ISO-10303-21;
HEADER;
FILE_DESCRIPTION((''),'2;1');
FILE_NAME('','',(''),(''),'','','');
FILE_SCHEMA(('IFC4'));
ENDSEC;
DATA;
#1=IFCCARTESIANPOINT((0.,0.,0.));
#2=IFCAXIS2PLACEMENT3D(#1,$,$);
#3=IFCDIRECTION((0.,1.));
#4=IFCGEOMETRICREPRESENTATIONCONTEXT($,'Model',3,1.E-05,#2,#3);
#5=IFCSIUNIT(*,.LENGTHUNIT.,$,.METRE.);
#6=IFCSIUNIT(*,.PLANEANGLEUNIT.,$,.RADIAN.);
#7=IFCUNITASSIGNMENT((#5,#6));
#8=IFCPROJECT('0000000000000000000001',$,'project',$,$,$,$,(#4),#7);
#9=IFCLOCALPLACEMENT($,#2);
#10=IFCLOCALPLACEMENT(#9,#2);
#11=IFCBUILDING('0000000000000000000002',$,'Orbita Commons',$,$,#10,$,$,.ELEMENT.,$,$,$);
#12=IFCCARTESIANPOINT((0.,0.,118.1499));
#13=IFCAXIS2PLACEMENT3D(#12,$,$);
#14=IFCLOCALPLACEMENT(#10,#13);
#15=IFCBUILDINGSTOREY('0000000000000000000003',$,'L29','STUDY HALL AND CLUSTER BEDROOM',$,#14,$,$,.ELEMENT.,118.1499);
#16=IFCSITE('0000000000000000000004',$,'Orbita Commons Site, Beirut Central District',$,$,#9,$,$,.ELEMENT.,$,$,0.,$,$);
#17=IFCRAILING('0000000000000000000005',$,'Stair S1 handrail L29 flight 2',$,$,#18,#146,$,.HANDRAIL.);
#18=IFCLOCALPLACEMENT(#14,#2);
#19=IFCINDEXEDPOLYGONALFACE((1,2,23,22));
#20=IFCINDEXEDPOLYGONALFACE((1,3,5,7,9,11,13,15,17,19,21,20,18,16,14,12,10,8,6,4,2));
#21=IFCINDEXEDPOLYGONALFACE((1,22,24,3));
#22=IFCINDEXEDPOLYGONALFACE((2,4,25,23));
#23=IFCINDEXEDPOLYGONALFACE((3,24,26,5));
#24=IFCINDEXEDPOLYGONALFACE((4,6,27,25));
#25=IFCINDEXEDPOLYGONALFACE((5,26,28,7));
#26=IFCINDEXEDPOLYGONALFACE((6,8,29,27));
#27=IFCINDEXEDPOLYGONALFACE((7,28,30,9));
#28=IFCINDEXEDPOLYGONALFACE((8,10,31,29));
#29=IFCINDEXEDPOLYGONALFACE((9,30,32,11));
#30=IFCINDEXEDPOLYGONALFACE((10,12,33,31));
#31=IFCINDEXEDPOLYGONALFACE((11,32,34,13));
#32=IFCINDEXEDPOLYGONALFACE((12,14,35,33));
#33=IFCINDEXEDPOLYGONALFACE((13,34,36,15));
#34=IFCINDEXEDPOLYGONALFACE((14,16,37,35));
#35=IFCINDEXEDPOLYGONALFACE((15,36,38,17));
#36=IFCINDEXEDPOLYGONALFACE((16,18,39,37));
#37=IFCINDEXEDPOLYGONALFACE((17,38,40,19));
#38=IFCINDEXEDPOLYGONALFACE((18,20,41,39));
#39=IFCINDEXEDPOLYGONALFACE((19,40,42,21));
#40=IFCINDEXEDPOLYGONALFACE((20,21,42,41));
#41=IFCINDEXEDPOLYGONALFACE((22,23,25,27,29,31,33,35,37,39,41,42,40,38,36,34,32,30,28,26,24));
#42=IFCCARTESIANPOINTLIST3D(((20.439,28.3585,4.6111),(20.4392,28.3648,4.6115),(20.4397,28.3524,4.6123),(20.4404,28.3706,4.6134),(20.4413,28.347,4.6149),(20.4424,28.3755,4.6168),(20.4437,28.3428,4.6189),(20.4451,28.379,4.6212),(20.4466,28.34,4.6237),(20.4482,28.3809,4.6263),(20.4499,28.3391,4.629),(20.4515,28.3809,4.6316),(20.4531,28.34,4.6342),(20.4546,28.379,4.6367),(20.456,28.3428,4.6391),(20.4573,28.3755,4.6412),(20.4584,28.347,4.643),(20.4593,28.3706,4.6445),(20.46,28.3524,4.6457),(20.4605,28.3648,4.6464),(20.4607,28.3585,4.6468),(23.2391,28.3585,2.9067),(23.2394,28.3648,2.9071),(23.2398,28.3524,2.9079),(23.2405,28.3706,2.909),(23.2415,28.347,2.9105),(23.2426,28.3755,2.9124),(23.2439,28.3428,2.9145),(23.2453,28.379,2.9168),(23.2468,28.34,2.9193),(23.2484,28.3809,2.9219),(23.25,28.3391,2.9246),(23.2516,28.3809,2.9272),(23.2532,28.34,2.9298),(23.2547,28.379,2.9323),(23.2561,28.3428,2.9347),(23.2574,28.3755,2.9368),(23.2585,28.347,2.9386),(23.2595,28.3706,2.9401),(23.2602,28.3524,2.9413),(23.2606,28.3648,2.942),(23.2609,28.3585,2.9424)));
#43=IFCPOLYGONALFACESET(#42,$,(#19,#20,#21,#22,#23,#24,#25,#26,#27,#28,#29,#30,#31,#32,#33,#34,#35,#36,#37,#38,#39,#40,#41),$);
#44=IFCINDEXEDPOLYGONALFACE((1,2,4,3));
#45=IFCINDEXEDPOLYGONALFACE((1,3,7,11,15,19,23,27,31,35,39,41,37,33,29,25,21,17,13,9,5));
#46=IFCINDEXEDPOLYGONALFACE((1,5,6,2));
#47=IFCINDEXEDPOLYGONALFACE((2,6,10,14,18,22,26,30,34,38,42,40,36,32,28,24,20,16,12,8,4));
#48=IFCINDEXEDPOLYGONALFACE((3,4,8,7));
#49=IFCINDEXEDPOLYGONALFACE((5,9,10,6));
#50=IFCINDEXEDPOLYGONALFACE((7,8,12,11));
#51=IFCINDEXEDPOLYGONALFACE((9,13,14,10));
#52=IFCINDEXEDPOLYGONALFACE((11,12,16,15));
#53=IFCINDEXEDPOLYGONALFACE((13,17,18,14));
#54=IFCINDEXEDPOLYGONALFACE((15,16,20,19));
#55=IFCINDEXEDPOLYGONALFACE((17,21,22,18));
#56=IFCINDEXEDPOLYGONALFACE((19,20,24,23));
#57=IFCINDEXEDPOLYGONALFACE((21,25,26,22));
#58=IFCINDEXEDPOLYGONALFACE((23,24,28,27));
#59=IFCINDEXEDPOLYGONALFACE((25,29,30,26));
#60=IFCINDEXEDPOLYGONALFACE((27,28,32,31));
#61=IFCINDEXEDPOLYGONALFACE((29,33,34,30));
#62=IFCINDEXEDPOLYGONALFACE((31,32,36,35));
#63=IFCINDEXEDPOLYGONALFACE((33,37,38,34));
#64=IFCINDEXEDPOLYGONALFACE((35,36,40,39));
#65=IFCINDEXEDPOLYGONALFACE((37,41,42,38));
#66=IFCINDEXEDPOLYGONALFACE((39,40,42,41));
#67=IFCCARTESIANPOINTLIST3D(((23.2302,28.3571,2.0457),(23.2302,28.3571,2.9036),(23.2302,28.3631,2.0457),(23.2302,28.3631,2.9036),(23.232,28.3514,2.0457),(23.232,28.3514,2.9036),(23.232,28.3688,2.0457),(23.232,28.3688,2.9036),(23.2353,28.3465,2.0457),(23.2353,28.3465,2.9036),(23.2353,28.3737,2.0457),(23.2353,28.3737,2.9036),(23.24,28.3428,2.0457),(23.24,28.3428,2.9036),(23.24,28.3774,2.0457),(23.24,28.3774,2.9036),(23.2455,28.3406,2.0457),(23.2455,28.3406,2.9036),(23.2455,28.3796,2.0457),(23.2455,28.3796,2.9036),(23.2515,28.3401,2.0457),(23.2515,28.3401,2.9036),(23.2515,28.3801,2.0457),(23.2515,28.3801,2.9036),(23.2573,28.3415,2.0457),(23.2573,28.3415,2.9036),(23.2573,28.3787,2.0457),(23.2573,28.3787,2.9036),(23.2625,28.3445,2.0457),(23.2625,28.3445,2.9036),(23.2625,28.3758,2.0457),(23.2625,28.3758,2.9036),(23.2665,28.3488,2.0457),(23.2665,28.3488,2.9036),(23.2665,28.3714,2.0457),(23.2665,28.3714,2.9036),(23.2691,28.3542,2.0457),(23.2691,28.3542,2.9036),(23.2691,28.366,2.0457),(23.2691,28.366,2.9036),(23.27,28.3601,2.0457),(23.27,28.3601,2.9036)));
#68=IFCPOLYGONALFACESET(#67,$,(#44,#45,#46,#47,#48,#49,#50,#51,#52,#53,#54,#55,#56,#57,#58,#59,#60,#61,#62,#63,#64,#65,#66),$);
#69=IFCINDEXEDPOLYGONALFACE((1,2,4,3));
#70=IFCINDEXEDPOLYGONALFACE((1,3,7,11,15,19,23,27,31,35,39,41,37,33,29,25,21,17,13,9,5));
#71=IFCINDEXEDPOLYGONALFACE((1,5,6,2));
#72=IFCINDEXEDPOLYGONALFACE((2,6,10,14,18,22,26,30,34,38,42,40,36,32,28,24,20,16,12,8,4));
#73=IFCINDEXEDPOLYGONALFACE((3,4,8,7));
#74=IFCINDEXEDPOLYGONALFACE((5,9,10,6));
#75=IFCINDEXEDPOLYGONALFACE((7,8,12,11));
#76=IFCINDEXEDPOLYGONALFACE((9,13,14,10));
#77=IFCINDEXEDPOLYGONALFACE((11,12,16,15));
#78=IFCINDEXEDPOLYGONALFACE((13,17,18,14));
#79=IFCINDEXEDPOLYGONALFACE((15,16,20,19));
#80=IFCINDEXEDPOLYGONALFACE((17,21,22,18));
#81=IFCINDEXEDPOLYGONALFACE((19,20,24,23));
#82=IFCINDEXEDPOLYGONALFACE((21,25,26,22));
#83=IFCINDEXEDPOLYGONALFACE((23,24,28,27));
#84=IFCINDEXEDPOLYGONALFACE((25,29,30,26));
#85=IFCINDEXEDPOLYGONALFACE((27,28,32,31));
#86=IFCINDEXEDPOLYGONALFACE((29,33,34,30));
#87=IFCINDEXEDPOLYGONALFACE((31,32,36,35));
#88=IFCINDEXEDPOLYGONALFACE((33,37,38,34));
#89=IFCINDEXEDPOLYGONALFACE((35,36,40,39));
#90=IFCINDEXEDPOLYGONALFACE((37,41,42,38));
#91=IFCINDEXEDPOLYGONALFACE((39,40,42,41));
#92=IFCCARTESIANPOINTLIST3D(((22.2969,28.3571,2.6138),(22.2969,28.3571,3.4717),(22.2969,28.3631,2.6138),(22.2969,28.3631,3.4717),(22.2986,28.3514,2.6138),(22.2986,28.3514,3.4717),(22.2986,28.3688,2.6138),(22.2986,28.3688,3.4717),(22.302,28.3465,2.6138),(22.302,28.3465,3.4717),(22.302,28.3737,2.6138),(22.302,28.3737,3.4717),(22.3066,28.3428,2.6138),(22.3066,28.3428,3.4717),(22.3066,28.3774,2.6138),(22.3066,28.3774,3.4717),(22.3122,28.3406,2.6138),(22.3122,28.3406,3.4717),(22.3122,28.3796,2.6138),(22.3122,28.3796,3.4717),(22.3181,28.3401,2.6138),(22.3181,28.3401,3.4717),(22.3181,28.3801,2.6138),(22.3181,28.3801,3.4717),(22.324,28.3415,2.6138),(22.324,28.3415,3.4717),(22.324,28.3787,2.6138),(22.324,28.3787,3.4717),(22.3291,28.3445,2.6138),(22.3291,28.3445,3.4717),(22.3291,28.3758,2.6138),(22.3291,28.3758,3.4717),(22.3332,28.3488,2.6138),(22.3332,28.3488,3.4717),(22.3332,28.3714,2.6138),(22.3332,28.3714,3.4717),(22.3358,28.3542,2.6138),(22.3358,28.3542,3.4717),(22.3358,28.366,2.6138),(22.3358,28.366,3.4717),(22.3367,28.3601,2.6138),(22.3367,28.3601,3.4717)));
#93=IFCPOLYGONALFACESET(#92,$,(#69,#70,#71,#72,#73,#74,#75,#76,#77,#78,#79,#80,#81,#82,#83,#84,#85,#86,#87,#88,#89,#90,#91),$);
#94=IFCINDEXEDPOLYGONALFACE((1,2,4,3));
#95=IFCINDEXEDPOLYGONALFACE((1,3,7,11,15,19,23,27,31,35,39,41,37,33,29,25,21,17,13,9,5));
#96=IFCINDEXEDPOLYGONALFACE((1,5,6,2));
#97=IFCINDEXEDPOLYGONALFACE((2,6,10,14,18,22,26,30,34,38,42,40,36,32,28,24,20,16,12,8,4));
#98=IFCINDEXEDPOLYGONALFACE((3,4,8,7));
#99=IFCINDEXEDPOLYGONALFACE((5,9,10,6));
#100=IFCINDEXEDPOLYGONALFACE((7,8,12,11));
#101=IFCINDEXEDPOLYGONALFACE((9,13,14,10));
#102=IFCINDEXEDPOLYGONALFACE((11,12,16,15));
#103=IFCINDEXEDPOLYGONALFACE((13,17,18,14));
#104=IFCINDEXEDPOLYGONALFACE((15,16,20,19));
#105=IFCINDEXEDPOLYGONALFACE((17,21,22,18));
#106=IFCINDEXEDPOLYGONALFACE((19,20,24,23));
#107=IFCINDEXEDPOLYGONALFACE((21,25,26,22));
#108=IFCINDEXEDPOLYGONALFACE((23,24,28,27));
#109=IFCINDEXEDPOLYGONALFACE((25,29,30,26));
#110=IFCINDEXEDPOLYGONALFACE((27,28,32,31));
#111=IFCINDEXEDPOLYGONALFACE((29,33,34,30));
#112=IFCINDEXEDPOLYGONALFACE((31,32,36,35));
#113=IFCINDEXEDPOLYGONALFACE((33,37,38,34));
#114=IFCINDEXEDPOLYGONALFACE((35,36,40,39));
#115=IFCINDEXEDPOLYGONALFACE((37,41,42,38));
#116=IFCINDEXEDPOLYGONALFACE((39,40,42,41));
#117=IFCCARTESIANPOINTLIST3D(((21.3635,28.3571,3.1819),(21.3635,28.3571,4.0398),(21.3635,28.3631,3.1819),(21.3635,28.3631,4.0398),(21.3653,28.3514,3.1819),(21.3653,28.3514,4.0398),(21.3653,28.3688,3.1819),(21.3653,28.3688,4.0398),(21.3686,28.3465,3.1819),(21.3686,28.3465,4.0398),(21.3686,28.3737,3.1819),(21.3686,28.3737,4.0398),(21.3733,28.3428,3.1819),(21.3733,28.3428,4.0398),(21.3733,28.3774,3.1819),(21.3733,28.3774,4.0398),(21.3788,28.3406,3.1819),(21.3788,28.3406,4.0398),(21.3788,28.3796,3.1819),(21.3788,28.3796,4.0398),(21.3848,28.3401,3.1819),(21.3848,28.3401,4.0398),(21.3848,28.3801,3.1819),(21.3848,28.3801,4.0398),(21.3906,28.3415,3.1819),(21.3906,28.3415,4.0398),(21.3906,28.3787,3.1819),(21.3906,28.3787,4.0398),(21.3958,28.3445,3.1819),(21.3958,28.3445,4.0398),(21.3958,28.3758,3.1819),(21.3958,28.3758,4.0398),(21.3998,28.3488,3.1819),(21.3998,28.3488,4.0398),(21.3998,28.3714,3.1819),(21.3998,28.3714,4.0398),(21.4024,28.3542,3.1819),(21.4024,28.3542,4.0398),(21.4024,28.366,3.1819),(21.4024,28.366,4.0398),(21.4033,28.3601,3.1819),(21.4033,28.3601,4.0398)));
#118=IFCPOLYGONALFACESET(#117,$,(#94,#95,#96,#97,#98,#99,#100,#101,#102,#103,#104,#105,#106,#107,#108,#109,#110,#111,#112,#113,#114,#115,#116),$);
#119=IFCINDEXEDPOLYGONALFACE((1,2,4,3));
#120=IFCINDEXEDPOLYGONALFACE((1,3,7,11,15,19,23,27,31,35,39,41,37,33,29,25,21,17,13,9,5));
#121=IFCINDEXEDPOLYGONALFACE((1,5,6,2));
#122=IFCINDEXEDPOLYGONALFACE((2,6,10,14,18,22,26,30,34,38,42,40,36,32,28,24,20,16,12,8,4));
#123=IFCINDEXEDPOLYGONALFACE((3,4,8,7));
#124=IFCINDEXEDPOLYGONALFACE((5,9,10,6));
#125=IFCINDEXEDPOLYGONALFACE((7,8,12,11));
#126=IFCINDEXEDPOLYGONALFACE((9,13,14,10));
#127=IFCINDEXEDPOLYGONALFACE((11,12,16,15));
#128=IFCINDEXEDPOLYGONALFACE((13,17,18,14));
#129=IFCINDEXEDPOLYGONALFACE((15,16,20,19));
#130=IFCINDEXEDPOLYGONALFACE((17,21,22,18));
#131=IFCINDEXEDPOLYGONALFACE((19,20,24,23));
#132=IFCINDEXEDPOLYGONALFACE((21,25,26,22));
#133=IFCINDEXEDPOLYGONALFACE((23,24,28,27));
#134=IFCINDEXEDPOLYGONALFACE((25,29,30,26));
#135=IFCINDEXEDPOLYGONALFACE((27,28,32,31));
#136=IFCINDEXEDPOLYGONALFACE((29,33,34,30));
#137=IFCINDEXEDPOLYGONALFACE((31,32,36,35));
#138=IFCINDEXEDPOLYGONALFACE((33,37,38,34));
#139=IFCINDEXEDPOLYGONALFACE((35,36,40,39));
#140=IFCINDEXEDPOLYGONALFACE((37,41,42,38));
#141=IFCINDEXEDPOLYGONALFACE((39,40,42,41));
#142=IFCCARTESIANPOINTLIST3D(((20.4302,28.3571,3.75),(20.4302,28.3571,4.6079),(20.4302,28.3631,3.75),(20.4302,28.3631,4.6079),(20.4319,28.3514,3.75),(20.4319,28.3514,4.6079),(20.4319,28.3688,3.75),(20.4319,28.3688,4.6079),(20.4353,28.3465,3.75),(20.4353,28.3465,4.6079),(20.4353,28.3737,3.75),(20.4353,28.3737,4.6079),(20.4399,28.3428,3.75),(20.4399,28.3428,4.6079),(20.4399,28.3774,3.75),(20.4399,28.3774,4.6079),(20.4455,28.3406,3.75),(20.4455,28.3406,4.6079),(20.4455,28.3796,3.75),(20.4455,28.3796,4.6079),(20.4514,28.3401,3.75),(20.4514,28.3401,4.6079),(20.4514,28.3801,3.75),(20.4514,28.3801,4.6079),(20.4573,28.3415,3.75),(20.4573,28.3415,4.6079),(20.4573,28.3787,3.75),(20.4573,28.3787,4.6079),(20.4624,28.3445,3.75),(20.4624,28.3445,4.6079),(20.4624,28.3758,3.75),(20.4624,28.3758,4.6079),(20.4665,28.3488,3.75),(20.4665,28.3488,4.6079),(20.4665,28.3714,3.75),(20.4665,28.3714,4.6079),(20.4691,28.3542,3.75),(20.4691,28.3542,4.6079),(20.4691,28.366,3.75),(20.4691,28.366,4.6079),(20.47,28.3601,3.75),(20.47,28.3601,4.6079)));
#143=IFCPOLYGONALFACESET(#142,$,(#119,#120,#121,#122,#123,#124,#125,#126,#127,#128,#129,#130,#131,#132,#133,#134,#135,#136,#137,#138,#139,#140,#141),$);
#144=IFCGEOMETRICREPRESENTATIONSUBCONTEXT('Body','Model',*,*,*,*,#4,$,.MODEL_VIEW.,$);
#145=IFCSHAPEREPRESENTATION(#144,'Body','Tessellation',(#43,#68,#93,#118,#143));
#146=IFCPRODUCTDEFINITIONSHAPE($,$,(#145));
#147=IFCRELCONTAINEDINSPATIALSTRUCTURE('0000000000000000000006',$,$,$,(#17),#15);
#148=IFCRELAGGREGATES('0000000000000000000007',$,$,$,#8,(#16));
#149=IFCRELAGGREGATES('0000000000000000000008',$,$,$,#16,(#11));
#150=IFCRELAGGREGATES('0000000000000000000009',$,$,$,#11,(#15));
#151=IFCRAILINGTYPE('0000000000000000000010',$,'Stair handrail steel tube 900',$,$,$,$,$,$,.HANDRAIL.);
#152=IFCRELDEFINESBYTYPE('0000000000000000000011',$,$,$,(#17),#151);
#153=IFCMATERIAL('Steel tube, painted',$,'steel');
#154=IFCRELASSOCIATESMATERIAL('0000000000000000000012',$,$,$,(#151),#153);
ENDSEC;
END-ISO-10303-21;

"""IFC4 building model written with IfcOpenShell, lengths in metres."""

from ifc_helpers import new_model, si_unit, direction, frame, origin, origin_2d, place, context, subcontext, project, spatial, circle, extrude, material, type_object, element, save


model = new_model("IFC4")

# Units and contexts
model_context = context("Model", 3, precision=1e-05, world=origin(), true_north=direction((0.0, 1.0)))
body_context = subcontext(model_context, "Body", "Model", "MODEL_VIEW")
ifc_project = project(units=[si_unit("LENGTHUNIT", "METRE"), si_unit("PLANEANGLEUNIT", "RADIAN")], contexts=[model_context])

# Site, building, storey
site_placement = place(None, origin())
site = spatial("IfcSite", under=ifc_project, at=site_placement, Name="Orbita Commons Site, Beirut Central District", CompositionType="ELEMENT", RefElevation=0.0)
building_placement = place(site_placement, origin())
building = spatial("IfcBuilding", under=site, at=building_placement, Name="Orbita Commons", CompositionType="ELEMENT")
storey_placement = place(building_placement, frame((0.0, 0.0, 118.1499)))
storey = spatial("IfcBuildingStorey", under=building, at=storey_placement, Name="L29", Description="STUDY HALL AND CLUSTER BEDROOM", CompositionType="ELEMENT", Elevation=118.1499)

# Railing
ifc_material_1 = material(Name="Steel tube, painted", Category="steel")
railing_type = type_object("IfcRailingType", Name="Stair handrail steel tube 900", PredefinedType="HANDRAIL", material=ifc_material_1)
for number, where, name in (
    (1, (23.25, 28.3601, 2.0457), "Stair S1 handrail L29 flight 2"),
):
    element("IfcRailing", number, at=place(storey_placement, frame(where)), inside=storey, type_object=railing_type, Name=name, PredefinedType="HANDRAIL", context=body_context, shape_type="SweptSolid", body=[
        extrude(circle(Radius=0.021, at=origin_2d()), frame((0.0, 0.0, 0.8789), z_axis=(-0.854203, 0.0, 0.51994), x_axis=(0.0, -1.0, 0.0)), (0.0, 0.0, 1.0), 3.2781),
        extrude(circle(Radius=0.02, at=origin_2d()), origin(), (0.0, 0.0, 1.0), 0.8579),
        extrude(circle(Radius=0.02, at=origin_2d()), frame((-0.9333, 0.0, 0.5681)), (0.0, 0.0, 1.0), 0.8579),
        extrude(circle(Radius=0.02, at=origin_2d()), frame((-1.8667, 0.0, 1.1362)), (0.0, 0.0, 1.0), 0.8579),
        extrude(circle(Radius=0.02, at=origin_2d()), frame((-2.8, 0.0, 1.7043)), (0.0, 0.0, 1.0), 0.8579),
    ])

save(model, "model.ifc")
